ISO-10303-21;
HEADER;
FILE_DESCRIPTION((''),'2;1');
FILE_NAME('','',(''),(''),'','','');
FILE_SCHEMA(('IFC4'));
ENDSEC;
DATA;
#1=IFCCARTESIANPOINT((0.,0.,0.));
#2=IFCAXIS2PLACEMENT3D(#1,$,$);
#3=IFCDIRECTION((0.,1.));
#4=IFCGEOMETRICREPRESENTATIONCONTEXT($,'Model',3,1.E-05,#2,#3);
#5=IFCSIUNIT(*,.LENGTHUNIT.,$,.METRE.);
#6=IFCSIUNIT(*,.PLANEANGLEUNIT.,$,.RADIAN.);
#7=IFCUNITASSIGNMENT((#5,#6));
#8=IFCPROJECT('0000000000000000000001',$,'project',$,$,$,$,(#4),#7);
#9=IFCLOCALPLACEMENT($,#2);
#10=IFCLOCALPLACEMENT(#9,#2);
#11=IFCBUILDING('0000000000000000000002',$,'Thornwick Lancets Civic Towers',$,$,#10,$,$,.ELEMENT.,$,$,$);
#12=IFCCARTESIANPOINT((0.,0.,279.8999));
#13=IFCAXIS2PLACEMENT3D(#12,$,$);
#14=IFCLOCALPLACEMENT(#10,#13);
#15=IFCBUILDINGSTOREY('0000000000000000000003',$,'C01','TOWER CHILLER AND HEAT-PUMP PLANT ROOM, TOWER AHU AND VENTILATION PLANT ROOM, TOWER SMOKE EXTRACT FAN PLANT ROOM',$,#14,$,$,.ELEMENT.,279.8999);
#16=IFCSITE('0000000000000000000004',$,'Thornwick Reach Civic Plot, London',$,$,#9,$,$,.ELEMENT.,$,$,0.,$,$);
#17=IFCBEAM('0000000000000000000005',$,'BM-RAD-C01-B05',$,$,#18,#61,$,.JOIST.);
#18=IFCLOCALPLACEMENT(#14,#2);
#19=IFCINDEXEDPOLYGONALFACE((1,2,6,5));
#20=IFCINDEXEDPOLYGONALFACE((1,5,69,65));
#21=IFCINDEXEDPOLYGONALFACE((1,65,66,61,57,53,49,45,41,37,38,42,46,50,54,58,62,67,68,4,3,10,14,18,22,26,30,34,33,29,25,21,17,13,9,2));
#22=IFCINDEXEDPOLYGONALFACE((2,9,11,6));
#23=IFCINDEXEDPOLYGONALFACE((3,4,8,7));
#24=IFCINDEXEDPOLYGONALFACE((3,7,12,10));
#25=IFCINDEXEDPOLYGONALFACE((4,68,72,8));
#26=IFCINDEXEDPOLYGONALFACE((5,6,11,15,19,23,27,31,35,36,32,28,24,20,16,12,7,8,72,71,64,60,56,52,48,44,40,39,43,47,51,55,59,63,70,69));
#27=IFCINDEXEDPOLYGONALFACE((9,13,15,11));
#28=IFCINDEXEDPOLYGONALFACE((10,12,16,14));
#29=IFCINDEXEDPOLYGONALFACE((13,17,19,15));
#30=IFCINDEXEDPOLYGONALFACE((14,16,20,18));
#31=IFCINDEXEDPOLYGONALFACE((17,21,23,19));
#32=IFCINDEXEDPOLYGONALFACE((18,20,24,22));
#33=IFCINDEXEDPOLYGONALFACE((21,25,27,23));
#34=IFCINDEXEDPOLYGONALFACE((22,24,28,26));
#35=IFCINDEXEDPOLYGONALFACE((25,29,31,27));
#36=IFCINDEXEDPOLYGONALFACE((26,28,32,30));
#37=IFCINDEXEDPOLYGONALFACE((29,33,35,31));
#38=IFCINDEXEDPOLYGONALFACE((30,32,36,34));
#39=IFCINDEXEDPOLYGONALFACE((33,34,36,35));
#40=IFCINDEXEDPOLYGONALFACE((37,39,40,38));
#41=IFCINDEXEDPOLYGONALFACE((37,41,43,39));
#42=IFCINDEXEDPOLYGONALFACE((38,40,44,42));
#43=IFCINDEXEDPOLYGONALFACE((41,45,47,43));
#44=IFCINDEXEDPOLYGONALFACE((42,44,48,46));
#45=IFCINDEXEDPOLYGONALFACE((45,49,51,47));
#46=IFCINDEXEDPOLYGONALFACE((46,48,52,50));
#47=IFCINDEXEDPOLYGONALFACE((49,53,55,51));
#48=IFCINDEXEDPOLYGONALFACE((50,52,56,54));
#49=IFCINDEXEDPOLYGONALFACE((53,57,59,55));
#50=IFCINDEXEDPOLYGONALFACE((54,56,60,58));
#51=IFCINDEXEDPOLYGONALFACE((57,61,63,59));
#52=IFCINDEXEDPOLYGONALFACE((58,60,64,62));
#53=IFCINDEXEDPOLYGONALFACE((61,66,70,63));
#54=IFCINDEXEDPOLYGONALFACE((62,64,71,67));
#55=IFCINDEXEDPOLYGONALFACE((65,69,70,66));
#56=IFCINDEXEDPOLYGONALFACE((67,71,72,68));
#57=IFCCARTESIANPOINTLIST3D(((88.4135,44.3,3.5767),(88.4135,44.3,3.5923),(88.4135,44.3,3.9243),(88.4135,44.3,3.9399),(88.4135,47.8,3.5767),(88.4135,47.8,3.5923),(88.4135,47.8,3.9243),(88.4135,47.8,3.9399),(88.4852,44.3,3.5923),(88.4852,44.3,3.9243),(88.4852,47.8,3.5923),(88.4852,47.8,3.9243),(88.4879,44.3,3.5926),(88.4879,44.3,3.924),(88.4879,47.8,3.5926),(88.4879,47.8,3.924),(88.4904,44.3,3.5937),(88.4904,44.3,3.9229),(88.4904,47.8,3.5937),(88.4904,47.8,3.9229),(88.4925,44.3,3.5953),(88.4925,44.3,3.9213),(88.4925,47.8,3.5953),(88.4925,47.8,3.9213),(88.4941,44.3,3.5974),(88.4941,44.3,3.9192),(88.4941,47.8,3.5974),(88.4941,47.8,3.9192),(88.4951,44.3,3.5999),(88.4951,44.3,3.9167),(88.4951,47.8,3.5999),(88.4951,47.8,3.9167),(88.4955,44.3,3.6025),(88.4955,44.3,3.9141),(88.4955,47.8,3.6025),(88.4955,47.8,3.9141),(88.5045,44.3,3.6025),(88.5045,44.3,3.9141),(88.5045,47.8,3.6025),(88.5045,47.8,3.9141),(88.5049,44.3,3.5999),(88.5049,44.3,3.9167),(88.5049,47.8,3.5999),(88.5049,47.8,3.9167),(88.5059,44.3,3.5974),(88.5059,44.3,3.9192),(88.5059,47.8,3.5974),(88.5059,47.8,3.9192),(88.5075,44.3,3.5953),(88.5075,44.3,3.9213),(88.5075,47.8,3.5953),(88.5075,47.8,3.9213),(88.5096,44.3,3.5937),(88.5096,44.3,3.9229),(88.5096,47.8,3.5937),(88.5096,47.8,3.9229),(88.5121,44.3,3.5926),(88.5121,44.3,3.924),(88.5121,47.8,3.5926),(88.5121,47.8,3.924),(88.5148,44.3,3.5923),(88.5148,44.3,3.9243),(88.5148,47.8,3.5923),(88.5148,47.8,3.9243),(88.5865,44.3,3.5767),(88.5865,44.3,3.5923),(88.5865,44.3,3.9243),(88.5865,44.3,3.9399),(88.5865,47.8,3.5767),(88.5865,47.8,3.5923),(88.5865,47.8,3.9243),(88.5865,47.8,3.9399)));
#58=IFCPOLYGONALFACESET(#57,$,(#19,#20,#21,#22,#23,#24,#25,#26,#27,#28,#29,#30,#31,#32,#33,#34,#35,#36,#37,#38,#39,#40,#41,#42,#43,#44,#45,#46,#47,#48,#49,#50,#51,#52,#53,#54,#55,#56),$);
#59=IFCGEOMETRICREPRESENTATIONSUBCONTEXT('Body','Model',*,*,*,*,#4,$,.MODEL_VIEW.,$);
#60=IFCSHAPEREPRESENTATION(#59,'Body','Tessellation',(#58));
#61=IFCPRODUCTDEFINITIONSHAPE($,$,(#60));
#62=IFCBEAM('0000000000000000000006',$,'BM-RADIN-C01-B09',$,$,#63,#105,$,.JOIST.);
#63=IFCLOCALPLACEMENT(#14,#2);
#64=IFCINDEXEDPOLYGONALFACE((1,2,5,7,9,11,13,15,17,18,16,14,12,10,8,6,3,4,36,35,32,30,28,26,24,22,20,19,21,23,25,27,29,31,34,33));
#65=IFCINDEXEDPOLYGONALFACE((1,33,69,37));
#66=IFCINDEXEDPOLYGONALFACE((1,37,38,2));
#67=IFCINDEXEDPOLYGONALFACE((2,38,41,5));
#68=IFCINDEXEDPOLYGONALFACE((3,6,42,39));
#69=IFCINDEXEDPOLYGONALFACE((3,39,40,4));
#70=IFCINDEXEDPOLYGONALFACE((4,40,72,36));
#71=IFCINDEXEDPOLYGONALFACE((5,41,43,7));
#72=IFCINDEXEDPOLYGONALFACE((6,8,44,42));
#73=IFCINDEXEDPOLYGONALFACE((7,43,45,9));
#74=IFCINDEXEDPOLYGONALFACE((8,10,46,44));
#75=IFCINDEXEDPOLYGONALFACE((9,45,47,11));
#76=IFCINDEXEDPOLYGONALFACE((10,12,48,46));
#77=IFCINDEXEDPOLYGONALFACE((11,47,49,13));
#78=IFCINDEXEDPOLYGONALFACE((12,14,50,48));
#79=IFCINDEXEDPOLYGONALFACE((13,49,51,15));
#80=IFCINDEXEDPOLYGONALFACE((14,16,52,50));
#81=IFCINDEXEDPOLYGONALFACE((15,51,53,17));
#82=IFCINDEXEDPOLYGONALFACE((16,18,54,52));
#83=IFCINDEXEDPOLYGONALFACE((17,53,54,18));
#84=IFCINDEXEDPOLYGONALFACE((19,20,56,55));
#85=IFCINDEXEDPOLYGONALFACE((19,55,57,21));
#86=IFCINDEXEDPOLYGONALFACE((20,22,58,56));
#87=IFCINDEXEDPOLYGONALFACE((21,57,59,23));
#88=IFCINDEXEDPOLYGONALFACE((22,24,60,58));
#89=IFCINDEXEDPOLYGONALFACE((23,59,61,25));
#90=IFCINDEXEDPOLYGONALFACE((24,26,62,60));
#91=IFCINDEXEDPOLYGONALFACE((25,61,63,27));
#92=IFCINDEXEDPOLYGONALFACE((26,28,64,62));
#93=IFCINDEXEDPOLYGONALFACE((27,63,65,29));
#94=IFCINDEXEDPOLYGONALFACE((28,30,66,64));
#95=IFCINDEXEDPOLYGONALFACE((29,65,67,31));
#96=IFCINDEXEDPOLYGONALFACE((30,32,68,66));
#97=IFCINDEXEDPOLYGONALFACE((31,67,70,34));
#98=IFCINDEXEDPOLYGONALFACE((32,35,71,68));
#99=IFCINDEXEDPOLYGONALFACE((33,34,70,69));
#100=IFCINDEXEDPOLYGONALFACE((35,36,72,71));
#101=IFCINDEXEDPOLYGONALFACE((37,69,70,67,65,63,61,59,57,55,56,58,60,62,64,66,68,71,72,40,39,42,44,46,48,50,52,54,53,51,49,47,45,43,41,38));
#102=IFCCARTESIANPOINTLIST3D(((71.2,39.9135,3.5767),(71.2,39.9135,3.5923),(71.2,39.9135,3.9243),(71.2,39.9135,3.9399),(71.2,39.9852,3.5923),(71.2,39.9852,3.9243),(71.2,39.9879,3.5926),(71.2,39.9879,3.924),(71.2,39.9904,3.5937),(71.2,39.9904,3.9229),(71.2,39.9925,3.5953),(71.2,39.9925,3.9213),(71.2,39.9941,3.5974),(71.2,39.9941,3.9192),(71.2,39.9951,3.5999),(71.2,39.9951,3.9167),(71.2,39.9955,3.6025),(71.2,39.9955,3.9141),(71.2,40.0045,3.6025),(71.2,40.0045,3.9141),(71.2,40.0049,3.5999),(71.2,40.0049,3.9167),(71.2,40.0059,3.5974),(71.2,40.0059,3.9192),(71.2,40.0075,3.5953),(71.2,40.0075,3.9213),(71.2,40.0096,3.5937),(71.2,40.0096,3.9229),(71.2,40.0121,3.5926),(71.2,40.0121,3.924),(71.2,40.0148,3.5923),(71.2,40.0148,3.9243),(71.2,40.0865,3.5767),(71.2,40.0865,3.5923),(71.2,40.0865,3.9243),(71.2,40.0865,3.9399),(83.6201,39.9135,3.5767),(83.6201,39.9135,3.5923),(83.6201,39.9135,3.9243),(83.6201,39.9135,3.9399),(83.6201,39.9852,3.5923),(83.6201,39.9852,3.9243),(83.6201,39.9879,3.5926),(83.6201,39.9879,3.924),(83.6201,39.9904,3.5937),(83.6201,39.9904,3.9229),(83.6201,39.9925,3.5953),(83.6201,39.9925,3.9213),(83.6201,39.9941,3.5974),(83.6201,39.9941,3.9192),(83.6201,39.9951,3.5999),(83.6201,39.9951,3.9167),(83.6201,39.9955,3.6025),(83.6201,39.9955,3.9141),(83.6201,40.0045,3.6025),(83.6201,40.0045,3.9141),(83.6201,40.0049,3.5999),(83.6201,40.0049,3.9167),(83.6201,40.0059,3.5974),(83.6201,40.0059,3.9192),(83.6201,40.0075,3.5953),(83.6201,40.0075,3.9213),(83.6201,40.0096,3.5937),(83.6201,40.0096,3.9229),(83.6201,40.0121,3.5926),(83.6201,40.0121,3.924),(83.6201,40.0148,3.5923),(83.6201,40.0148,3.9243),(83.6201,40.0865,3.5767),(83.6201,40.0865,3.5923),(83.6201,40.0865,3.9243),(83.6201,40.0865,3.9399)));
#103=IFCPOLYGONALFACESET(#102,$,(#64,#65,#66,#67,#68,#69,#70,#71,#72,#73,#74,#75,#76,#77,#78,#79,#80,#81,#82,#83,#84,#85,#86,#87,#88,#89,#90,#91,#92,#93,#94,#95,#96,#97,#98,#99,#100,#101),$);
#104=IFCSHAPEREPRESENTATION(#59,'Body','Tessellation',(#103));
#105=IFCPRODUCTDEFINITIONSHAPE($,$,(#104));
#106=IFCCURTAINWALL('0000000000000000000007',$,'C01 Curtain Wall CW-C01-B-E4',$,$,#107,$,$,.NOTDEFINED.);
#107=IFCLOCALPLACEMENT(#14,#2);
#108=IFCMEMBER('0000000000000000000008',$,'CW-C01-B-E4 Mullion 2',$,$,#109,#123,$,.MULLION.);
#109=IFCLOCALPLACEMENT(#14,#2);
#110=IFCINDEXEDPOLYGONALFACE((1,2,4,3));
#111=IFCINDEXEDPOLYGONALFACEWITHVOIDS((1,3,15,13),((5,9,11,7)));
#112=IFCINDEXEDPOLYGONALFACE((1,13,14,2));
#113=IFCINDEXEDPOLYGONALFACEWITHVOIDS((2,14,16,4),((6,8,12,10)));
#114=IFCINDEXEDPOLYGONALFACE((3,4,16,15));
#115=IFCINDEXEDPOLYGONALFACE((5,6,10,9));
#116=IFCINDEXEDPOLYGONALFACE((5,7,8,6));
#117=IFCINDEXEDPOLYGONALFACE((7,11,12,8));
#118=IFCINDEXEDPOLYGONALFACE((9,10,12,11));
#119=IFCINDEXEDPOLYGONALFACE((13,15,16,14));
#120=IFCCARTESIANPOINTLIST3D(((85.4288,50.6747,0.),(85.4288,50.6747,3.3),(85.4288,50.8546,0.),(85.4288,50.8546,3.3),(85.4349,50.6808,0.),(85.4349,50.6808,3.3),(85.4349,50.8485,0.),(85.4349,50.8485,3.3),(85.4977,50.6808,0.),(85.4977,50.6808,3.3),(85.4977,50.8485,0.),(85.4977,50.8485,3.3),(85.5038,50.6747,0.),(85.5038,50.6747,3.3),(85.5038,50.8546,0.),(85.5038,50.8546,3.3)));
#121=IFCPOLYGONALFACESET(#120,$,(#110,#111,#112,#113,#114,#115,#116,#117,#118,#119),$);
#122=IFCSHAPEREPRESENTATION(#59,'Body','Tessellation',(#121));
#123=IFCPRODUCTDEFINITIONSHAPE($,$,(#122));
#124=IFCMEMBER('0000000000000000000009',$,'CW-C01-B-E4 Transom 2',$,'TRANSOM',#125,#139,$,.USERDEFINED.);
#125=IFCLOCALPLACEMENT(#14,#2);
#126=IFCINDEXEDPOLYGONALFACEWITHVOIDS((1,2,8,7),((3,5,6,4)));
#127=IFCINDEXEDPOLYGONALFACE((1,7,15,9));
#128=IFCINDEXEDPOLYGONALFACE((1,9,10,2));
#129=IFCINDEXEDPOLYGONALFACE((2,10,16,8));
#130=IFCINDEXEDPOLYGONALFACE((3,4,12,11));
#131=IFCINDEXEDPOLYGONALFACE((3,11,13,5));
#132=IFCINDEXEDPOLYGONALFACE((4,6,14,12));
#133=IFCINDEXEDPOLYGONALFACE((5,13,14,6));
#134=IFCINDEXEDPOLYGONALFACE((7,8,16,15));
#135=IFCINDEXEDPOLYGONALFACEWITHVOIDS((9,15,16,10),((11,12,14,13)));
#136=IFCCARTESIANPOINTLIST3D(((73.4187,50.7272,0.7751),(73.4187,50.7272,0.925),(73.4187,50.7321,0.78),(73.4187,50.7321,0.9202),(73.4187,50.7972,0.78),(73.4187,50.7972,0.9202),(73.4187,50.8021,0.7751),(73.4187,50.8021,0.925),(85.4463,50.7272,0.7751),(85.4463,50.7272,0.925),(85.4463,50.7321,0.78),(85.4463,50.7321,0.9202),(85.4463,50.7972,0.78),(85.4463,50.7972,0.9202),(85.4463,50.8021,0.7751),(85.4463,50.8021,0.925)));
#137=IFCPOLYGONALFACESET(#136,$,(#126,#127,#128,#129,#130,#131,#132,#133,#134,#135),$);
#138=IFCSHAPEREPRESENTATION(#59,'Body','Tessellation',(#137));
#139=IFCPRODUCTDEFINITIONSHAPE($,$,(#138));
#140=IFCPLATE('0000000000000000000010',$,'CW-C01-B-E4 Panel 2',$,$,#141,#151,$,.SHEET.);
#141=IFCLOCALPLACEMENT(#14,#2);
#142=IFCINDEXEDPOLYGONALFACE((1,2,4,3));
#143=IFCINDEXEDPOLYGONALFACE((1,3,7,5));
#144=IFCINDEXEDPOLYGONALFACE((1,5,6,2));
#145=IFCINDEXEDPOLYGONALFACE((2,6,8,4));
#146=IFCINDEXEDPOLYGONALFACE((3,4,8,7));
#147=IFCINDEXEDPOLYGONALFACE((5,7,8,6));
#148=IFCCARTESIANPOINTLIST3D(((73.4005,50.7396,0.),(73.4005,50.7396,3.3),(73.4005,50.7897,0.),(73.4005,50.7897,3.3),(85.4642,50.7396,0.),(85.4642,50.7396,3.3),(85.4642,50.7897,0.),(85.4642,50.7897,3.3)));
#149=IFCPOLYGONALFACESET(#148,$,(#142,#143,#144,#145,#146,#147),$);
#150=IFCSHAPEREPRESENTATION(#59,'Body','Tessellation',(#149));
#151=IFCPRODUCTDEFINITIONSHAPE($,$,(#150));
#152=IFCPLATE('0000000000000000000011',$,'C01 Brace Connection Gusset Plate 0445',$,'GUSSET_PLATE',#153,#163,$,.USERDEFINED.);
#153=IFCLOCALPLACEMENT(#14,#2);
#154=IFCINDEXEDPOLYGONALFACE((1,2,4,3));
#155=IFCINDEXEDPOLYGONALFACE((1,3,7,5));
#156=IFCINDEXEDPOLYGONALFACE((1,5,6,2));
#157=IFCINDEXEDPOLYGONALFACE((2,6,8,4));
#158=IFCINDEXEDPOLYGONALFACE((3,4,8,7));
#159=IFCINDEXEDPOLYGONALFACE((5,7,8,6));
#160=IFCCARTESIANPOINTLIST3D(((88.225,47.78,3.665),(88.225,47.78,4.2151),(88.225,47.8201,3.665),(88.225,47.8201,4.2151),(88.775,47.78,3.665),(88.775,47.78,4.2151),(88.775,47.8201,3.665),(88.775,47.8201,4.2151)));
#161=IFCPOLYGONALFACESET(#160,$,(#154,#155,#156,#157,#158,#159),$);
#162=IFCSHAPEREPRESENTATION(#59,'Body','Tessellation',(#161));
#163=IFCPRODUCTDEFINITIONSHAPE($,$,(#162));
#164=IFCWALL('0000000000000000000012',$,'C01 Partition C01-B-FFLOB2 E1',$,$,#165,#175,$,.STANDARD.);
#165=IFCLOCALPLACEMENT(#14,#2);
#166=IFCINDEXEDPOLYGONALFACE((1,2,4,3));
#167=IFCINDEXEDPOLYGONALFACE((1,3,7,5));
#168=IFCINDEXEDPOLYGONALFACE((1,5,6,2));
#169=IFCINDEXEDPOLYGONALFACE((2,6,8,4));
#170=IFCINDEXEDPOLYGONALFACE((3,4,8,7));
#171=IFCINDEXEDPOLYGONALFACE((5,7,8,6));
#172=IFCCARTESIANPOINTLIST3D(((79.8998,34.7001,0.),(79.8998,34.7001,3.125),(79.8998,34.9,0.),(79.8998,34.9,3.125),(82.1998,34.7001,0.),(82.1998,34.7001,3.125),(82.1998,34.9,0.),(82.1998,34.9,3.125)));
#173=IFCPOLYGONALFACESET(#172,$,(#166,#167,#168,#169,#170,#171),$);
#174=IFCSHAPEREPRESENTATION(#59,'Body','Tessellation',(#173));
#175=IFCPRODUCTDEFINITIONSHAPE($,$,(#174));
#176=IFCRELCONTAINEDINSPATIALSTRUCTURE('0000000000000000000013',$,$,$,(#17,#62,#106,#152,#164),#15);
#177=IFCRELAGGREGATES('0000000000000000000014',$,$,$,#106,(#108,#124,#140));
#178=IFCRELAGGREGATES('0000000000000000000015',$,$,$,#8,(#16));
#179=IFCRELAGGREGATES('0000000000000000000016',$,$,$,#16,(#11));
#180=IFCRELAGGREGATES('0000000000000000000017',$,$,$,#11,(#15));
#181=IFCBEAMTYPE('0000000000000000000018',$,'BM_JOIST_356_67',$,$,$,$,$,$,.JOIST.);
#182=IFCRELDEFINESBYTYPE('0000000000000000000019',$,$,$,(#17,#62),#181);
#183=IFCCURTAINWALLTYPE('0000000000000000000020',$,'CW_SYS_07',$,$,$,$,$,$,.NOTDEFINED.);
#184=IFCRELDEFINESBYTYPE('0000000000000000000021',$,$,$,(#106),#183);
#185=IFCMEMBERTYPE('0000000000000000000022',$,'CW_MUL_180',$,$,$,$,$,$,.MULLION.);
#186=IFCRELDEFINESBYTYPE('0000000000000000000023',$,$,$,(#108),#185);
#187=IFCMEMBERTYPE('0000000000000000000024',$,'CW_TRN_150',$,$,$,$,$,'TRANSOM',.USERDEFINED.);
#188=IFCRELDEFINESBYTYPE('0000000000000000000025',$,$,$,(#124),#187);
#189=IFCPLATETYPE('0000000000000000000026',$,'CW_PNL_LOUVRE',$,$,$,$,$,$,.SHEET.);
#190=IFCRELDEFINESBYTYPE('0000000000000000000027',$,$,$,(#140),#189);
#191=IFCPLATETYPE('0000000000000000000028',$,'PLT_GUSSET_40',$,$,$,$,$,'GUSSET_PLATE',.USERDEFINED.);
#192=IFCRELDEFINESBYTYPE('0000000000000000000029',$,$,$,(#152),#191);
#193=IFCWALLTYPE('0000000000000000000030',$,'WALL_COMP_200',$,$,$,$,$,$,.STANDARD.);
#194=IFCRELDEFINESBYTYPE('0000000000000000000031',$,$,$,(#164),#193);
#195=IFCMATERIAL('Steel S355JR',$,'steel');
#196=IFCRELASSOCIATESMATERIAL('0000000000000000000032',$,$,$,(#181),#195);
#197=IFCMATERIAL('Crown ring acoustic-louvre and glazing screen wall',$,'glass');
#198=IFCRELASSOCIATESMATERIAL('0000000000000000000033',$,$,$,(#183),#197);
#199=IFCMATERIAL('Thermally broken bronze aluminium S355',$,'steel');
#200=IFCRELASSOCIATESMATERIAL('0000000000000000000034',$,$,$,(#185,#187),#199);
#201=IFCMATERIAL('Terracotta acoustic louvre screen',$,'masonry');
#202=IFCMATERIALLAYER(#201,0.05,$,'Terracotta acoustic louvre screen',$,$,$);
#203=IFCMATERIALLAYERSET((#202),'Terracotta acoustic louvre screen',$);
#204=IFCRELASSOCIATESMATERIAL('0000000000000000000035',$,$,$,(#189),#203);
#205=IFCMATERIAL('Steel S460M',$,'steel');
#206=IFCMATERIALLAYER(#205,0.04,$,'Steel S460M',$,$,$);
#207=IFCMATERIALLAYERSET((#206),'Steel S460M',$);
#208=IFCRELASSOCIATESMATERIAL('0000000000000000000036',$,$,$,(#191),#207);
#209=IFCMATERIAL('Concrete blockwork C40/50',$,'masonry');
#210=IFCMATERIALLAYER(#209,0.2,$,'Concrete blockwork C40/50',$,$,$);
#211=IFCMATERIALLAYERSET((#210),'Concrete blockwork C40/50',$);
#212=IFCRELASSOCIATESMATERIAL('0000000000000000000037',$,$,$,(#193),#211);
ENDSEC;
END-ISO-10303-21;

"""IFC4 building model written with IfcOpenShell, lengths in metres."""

from ifc_helpers import new_model, si_unit, direction, frame, frame_2d, origin, origin_2d, place, context, subcontext, project, spatial, rectangle, hollow_rectangle, i_section, extrude, material, layer, layer_set, material_profile, profile_set, type_object, element, aggregate, save


model = new_model("IFC4")

# Units and contexts
model_context = context("Model", 3, precision=1e-05, world=origin(), true_north=direction((0.0, 1.0)))
body_context = subcontext(model_context, "Body", "Model", "MODEL_VIEW")
ifc_project = project(units=[si_unit("LENGTHUNIT", "METRE"), si_unit("PLANEANGLEUNIT", "RADIAN")], contexts=[model_context])

# Site, building, storey
site_placement = place(None, origin())
site = spatial("IfcSite", under=ifc_project, at=site_placement, Name="Thornwick Reach Civic Plot, London", CompositionType="ELEMENT", RefElevation=0.0)
building_placement = place(site_placement, origin())
building = spatial("IfcBuilding", under=site, at=building_placement, Name="Thornwick Lancets Civic Towers", CompositionType="ELEMENT")
storey_placement = place(building_placement, frame((0.0, 0.0, 279.8999)))
storey = spatial("IfcBuildingStorey", under=building, at=storey_placement, Name="C01", Description="TOWER CHILLER AND HEAT-PUMP PLANT ROOM, TOWER AHU AND VENTILATION PLANT ROOM, TOWER SMOKE EXTRACT FAN PLANT ROOM", CompositionType="ELEMENT", Elevation=279.8999)

# Shared definitions
ifc_material_1 = material(Name="Steel S355JR", Category="steel")

# Beams
ifc_material_profile_1 = material_profile(ifc_material_1, i_section(OverallWidth=0.1731, OverallDepth=0.3633, WebThickness=0.009, FlangeThickness=0.0156, FilletRadius=0.0103, at=origin_2d()), Name="UKB 356x171x67")
ifc_profile_set_1 = profile_set([ifc_material_profile_1], Name="Steel S355JR")
beam_type_1 = type_object("IfcBeamType", Name="BM_JOIST_356_67", PredefinedType="JOIST", material=ifc_profile_set_1)
beam_1_placement = place(storey_placement, frame((88.5, 44.3, 3.7583), z_axis=(0.0, 1.0, 0.0), x_axis=(-1.0, 0.0, 0.0)))
element("IfcBeam", 1, at=beam_1_placement, inside=storey, type_object=beam_type_1, Name="BM-RAD-C01-B05", PredefinedType="JOIST", context=body_context, shape_type="SweptSolid", body=[
    extrude(i_section(OverallWidth=0.1731, OverallDepth=0.3633, WebThickness=0.009, FlangeThickness=0.0156, FilletRadius=0.0103, at=origin_2d()), origin(), (0.0, 0.0, 1.0), 3.5),
])
beam_2_placement = place(storey_placement, frame((83.6201, 40.0, 3.7583), z_axis=(-1.0, 0.0, 0.0), x_axis=(0.0, -1.0, 0.0)))
element("IfcBeam", 2, at=beam_2_placement, inside=storey, type_object=beam_type_1, Name="BM-RADIN-C01-B09", PredefinedType="JOIST", context=body_context, shape_type="SweptSolid", body=[
    extrude(i_section(OverallWidth=0.1731, OverallDepth=0.3633, WebThickness=0.009, FlangeThickness=0.0156, FilletRadius=0.0103, at=origin_2d()), origin(), (0.0, 0.0, 1.0), 12.4202),
])

# Curtain wall, members, plate
ifc_material_2 = material(Name="Crown ring acoustic-louvre and glazing screen wall", Category="glass")
curtain_wall_type = type_object("IfcCurtainWallType", Name="CW_SYS_07", PredefinedType="NOTDEFINED", material=ifc_material_2)
curtain_wall_placement = place(storey_placement, origin())
curtain_wall = element("IfcCurtainWall", 3, at=curtain_wall_placement, inside=storey, type_object=curtain_wall_type, Name="C01 Curtain Wall CW-C01-B-E4", PredefinedType="NOTDEFINED")
ifc_material_3 = material(Name="Thermally broken bronze aluminium S355", Category="steel")
ifc_material_profile_2 = material_profile(ifc_material_3, hollow_rectangle(XDim=0.075, YDim=0.1799, WallThickness=0.0061, at=origin_2d()), Name="RHS 180x75x6")
ifc_profile_set_2 = profile_set([ifc_material_profile_2], Name="Thermally broken bronze aluminium S355")
member_type_1 = type_object("IfcMemberType", Name="CW_MUL_180", PredefinedType="MULLION", material=ifc_profile_set_2)
member_1_placement = place(storey_placement, frame((85.4663, 50.7646, 0.0), z_axis=(0.0, 0.0, 1.0), x_axis=(1.0, 0.0, 0.0)))
member_1 = element("IfcMember", 4, at=member_1_placement, type_object=member_type_1, Name="CW-C01-B-E4 Mullion 2", PredefinedType="MULLION", context=body_context, shape_type="SweptSolid", body=[
    extrude(hollow_rectangle(XDim=0.075, YDim=0.1799, WallThickness=0.0061, at=origin_2d()), origin(), (0.0, 0.0, 1.0), 3.3),
])
ifc_material_profile_3 = material_profile(ifc_material_3, hollow_rectangle(XDim=0.075, YDim=0.1499, WallThickness=0.0049, at=origin_2d()), Name="RHS 150x75x5")
ifc_profile_set_3 = profile_set([ifc_material_profile_3], Name="Thermally broken bronze aluminium S355")
member_type_2 = type_object("IfcMemberType", Name="CW_TRN_150", ElementType="TRANSOM", PredefinedType="USERDEFINED", material=ifc_profile_set_3)
member_2_placement = place(storey_placement, frame((85.4463, 50.7646, 0.8501), z_axis=(-1.0, 0.0, 0.0), x_axis=(0.0, -1.0, 0.0)))
member_2 = element("IfcMember", 5, at=member_2_placement, type_object=member_type_2, Name="CW-C01-B-E4 Transom 2", ObjectType="TRANSOM", PredefinedType="USERDEFINED", context=body_context, shape_type="SweptSolid", body=[
    extrude(hollow_rectangle(XDim=0.075, YDim=0.1499, WallThickness=0.0049, at=origin_2d()), origin(), (0.0, 0.0, 1.0), 12.0276),
])
ifc_material_4 = material(Name="Terracotta acoustic louvre screen", Category="masonry")
ifc_layer_1 = layer(ifc_material_4, 0.05, Name="Terracotta acoustic louvre screen")
ifc_layer_set_1 = layer_set([ifc_layer_1], Name="Terracotta acoustic louvre screen")
plate_type_1 = type_object("IfcPlateType", Name="CW_PNL_LOUVRE", PredefinedType="SHEET", material=ifc_layer_set_1)
plate_1_placement = place(storey_placement, frame((79.4324, 50.7646, 0.0), z_axis=(0.0, 0.0, 1.0), x_axis=(-1.0, 0.0, 0.0)))
plate_1 = element("IfcPlate", 6, at=plate_1_placement, type_object=plate_type_1, Name="CW-C01-B-E4 Panel 2", PredefinedType="SHEET", context=body_context, shape_type="SweptSolid", body=[
    extrude(rectangle(XDim=12.0637, YDim=0.05, at=origin_2d()), origin(), (0.0, 0.0, 1.0), 3.3),
])
aggregate(curtain_wall, [member_1, member_2, plate_1])

# Plate
ifc_material_5 = material(Name="Steel S460M", Category="steel")
ifc_layer_2 = layer(ifc_material_5, 0.04, Name="Steel S460M")
ifc_layer_set_2 = layer_set([ifc_layer_2], Name="Steel S460M")
plate_type_2 = type_object("IfcPlateType", Name="PLT_GUSSET_40", ElementType="GUSSET_PLATE", PredefinedType="USERDEFINED", material=ifc_layer_set_2)
plate_2_placement = place(storey_placement, frame((88.5, 47.8, 3.665), z_axis=(0.0, 0.0, 1.0), x_axis=(-1.0, 0.0, 0.0)))
element("IfcPlate", 7, at=plate_2_placement, inside=storey, type_object=plate_type_2, Name="C01 Brace Connection Gusset Plate 0445", ObjectType="GUSSET_PLATE", PredefinedType="USERDEFINED", context=body_context, shape_type="SweptSolid", body=[
    extrude(rectangle(XDim=0.55, YDim=0.04, at=origin_2d()), origin(), (0.0, 0.0, 1.0), 0.55),
])

# Wall
ifc_material_6 = material(Name="Concrete blockwork C40/50", Category="masonry")
ifc_layer_3 = layer(ifc_material_6, 0.2, Name="Concrete blockwork C40/50")
ifc_layer_set_3 = layer_set([ifc_layer_3], Name="Concrete blockwork C40/50")
wall_type_1 = type_object("IfcWallType", Name="WALL_COMP_200", PredefinedType="STANDARD", material=ifc_layer_set_3)
wall_1_placement = place(storey_placement, frame((79.8999, 34.8, 0.0), z_axis=(0.0, 0.0, 1.0), x_axis=(1.0, 0.0, 0.0)))
element("IfcWall", 8, at=wall_1_placement, inside=storey, type_object=wall_type_1, Name="C01 Partition C01-B-FFLOB2 E1", PredefinedType="STANDARD", context=body_context, shape_type="SweptSolid", body=[
    extrude(rectangle(XDim=2.3, YDim=0.2, at=frame_2d((1.1499, 0.0))), origin(), (0.0, 0.0, 1.0), 3.125),
])

save(model, "model.ifc")
